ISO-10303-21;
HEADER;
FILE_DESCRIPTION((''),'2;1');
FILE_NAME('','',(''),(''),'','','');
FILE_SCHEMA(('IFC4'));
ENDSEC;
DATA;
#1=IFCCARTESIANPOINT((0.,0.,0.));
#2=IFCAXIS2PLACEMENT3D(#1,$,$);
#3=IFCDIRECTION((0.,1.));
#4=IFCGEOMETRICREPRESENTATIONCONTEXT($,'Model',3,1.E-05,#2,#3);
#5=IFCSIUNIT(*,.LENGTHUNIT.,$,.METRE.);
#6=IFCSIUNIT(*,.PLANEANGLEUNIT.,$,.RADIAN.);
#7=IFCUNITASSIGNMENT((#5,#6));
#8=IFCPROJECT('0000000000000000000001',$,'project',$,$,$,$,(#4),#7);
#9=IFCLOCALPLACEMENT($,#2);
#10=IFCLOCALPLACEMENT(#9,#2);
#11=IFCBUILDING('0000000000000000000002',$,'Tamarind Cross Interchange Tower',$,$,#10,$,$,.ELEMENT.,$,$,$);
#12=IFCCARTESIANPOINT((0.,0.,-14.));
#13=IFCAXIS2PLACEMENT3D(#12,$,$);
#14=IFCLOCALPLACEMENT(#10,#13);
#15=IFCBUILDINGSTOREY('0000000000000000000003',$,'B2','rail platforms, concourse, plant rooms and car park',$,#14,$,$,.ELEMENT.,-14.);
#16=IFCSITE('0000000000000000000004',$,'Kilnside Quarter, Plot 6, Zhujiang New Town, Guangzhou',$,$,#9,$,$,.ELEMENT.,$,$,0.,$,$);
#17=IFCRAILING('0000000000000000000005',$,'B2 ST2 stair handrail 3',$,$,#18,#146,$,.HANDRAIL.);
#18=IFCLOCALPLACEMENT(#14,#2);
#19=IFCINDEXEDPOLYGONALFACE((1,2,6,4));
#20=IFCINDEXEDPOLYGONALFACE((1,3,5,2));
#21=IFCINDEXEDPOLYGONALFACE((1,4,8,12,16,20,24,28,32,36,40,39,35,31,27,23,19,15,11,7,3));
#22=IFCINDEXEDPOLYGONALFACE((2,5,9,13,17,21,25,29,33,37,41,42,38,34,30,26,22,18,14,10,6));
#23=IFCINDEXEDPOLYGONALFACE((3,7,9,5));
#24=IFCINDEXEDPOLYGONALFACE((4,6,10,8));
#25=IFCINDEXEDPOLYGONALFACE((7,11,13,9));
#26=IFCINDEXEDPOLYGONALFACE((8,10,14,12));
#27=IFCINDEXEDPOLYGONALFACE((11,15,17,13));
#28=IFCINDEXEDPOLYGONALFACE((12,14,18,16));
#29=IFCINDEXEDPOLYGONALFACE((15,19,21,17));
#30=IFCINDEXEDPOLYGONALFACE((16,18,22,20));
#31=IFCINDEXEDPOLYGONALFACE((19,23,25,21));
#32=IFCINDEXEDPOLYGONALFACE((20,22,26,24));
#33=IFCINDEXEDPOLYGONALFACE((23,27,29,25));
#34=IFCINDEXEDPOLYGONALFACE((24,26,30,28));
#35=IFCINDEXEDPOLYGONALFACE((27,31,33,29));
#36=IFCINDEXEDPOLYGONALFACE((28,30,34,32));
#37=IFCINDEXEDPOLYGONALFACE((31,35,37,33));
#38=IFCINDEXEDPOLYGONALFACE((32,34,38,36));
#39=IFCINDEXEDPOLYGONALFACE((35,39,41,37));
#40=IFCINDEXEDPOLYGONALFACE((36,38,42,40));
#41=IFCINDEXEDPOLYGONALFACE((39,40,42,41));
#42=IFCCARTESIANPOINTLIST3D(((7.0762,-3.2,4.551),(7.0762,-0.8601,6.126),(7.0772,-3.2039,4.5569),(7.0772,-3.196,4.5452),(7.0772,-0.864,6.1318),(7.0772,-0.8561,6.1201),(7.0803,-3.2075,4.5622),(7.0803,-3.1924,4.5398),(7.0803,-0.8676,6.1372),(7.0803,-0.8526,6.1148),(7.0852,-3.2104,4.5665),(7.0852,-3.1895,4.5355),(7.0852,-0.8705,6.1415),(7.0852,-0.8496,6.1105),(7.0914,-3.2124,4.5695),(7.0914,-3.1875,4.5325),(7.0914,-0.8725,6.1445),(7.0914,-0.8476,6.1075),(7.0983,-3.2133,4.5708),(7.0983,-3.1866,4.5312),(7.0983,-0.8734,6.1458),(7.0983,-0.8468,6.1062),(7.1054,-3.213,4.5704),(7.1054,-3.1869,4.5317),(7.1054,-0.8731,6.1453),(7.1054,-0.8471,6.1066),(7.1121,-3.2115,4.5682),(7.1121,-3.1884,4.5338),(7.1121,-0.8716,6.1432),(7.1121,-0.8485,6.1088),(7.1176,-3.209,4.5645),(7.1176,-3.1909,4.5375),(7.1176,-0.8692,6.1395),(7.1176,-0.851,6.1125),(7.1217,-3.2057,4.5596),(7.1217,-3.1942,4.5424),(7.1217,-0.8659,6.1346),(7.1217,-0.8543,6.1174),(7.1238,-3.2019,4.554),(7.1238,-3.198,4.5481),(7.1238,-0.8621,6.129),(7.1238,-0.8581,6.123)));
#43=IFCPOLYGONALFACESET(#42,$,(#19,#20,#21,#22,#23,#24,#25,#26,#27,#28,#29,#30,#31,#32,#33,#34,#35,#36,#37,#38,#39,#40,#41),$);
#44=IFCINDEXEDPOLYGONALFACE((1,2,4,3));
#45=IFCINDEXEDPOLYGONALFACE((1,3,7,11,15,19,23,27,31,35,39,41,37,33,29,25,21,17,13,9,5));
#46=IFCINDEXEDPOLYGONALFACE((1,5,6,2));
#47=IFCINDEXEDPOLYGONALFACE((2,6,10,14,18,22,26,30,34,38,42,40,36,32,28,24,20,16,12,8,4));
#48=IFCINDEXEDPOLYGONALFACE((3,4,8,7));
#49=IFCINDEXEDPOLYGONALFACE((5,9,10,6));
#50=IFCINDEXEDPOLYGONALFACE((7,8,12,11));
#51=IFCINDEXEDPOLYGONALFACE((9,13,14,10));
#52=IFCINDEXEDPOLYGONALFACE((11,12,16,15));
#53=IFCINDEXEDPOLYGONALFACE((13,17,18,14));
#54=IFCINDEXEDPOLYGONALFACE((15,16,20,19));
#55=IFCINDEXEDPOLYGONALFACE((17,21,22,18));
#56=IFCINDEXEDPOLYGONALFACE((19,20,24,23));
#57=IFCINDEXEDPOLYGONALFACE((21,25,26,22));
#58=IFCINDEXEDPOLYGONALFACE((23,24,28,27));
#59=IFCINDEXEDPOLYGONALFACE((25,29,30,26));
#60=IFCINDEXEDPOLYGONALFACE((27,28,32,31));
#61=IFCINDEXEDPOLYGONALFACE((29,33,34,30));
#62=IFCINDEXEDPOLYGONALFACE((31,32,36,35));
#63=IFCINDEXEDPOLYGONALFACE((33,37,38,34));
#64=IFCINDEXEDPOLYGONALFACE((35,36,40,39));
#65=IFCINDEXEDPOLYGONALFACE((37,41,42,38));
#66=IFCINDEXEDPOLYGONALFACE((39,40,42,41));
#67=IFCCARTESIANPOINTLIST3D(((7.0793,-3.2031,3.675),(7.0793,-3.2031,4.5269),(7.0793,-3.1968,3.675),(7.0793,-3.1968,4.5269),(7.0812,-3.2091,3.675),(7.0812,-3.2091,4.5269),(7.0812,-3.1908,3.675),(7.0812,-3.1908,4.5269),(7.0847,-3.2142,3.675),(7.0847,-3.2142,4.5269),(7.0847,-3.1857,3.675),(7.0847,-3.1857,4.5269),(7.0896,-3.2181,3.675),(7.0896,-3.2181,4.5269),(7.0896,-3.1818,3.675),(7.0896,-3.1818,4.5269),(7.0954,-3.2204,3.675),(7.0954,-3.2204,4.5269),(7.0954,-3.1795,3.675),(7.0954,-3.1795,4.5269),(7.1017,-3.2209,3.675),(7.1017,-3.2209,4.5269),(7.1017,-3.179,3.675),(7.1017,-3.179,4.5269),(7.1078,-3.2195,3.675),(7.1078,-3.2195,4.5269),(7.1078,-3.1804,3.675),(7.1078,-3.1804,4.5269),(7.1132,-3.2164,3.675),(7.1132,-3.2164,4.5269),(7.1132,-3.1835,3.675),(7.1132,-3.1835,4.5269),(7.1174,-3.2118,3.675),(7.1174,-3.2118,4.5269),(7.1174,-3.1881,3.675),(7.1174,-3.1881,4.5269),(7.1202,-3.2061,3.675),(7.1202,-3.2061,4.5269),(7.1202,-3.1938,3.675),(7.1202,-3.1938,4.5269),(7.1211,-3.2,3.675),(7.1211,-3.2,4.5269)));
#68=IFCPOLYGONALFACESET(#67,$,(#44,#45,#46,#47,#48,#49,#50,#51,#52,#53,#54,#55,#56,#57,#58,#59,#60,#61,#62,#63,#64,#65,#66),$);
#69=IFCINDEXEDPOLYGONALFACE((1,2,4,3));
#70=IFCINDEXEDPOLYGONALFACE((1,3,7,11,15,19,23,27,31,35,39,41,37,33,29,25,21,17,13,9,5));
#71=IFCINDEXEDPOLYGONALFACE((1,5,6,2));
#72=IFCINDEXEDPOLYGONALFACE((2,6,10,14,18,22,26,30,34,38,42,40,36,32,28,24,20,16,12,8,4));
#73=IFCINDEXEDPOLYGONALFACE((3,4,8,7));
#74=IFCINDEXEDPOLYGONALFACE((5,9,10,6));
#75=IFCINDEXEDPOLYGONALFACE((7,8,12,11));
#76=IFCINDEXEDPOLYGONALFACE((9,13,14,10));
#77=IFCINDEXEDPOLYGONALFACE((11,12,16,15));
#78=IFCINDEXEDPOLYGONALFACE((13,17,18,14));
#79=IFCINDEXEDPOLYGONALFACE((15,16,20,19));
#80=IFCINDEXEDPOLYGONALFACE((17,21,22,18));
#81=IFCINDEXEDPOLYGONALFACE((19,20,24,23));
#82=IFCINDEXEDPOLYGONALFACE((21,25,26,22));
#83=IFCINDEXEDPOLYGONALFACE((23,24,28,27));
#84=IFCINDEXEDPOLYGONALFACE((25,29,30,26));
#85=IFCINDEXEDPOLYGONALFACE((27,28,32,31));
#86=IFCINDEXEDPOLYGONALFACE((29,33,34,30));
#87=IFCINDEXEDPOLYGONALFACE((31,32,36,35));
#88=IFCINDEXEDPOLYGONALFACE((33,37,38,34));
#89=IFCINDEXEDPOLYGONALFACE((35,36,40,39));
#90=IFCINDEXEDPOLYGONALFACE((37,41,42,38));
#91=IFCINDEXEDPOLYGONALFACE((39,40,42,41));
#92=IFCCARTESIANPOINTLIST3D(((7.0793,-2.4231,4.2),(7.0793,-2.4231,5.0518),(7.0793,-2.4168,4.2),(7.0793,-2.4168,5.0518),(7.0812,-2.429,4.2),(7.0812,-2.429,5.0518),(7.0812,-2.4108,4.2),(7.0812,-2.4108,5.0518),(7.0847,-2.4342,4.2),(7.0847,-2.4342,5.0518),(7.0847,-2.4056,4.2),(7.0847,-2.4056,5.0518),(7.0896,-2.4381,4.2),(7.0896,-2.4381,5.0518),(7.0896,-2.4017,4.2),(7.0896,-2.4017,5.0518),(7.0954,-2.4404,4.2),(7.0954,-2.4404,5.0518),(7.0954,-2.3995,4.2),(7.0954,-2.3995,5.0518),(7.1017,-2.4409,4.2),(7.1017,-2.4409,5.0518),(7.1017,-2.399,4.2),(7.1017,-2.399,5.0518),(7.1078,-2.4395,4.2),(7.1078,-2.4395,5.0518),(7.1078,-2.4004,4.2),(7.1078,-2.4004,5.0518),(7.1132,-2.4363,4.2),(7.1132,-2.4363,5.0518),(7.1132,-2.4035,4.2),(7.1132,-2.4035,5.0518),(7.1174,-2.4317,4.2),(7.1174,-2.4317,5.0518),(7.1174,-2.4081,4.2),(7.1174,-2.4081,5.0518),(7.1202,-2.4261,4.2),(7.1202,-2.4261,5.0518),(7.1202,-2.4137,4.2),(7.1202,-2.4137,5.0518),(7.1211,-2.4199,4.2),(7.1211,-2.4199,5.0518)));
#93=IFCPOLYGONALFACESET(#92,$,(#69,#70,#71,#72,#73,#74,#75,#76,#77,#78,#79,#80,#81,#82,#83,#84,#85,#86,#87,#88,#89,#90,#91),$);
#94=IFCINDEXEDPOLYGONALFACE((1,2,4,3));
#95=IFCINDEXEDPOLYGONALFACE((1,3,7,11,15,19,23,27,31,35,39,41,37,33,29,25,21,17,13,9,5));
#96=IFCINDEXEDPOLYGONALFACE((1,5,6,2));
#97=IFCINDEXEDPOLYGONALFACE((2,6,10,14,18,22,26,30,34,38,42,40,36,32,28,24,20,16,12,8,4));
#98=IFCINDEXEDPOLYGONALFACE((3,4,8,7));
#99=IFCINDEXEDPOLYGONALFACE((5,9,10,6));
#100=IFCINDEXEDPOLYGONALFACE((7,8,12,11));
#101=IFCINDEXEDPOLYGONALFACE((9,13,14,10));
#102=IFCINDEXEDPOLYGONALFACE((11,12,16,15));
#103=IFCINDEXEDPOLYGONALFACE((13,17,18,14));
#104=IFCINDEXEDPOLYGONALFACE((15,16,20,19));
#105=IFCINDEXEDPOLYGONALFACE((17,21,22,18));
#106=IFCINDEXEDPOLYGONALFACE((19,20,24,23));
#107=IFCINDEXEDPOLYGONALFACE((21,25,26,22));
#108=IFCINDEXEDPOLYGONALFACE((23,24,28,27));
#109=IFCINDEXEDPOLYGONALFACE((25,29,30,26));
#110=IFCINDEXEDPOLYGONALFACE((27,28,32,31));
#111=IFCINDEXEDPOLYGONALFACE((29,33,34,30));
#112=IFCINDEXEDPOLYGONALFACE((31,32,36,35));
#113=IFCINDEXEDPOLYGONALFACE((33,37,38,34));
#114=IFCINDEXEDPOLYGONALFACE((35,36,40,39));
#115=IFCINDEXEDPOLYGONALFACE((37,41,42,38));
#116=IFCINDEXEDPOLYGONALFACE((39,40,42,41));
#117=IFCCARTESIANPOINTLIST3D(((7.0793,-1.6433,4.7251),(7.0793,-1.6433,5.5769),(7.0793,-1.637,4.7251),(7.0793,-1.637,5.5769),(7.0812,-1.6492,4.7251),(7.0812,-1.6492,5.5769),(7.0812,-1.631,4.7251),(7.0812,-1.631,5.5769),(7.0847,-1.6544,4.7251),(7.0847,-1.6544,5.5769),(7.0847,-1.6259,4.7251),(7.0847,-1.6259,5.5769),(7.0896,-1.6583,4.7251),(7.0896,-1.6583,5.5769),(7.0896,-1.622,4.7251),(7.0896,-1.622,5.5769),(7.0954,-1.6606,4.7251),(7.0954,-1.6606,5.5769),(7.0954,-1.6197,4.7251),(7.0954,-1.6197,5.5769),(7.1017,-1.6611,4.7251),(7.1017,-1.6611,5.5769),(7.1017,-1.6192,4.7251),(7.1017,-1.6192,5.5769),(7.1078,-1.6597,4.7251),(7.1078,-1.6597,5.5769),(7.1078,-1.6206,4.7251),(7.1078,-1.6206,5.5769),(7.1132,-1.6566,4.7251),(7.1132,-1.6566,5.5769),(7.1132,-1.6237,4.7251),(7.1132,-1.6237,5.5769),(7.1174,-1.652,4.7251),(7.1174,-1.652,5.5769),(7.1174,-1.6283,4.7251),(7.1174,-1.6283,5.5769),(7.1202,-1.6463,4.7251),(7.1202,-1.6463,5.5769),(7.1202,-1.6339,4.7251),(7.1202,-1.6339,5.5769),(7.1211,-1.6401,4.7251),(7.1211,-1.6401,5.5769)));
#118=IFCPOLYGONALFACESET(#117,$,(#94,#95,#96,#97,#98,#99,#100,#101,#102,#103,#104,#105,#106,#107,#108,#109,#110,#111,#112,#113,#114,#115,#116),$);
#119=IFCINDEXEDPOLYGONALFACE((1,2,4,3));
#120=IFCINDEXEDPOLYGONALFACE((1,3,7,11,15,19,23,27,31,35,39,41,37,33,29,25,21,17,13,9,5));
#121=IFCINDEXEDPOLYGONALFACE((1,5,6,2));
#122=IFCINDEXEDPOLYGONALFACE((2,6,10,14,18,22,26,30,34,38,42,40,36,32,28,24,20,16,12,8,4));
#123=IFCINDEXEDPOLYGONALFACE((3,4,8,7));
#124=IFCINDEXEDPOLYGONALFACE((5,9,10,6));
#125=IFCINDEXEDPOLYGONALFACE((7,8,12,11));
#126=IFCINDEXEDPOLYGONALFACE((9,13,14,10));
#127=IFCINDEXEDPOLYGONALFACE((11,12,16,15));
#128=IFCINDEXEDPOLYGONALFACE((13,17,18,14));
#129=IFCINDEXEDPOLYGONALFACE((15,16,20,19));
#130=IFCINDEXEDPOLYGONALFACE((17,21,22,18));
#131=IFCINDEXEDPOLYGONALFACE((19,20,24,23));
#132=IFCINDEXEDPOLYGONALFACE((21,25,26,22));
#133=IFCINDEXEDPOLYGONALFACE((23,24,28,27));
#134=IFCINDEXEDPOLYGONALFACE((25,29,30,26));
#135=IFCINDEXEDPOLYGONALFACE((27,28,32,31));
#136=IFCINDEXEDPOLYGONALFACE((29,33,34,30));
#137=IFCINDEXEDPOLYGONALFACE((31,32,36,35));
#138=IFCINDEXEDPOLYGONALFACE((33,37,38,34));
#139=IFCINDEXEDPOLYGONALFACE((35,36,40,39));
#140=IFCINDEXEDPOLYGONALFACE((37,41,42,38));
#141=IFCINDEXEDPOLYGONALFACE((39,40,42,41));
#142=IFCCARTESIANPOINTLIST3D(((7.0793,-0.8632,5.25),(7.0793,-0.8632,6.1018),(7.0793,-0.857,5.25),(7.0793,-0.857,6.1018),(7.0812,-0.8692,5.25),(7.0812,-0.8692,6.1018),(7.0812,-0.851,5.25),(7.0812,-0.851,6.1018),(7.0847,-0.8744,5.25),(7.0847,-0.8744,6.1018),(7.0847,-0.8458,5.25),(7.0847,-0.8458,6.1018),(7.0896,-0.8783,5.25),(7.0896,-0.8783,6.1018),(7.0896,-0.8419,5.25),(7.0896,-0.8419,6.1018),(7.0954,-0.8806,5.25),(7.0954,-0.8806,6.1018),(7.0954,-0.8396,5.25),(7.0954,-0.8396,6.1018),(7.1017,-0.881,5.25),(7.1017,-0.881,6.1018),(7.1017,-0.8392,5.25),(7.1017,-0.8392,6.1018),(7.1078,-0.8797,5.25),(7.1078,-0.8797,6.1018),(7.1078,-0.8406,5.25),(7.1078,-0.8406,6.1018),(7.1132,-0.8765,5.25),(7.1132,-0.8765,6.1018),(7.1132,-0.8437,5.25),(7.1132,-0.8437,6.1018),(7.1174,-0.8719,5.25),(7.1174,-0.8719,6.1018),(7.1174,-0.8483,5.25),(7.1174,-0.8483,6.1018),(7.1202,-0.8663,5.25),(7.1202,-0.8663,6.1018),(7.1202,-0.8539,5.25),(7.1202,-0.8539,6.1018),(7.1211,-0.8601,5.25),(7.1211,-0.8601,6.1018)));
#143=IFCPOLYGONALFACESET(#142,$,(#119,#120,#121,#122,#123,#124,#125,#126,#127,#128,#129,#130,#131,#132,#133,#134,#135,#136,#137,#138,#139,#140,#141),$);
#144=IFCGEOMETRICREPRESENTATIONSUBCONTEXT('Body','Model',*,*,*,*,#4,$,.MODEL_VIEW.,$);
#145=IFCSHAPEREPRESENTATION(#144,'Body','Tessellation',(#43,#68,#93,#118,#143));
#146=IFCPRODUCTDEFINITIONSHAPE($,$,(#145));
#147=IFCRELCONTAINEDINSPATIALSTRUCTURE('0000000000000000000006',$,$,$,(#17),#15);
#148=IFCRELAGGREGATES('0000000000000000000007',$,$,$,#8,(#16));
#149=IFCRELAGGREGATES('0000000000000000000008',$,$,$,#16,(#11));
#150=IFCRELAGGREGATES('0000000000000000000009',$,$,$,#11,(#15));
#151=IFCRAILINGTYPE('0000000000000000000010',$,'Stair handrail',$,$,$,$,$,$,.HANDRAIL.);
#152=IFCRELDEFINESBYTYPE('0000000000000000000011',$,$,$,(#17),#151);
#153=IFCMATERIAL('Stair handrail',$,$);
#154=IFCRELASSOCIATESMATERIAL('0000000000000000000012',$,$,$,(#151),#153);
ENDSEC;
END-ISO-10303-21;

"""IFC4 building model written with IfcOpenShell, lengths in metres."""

from ifc_helpers import new_model, si_unit, direction, frame, origin, origin_2d, place, context, subcontext, project, spatial, circle, extrude, material, type_object, element, save


model = new_model("IFC4")

# Units and contexts
model_context = context("Model", 3, precision=1e-05, world=origin(), true_north=direction((0.0, 1.0)))
body_context = subcontext(model_context, "Body", "Model", "MODEL_VIEW")
ifc_project = project(units=[si_unit("LENGTHUNIT", "METRE"), si_unit("PLANEANGLEUNIT", "RADIAN")], contexts=[model_context])

# Site, building, storey
site_placement = place(None, origin())
site = spatial("IfcSite", under=ifc_project, at=site_placement, Name="Kilnside Quarter, Plot 6, Zhujiang New Town, Guangzhou", CompositionType="ELEMENT", RefElevation=0.0)
building_placement = place(site_placement, origin())
building = spatial("IfcBuilding", under=site, at=building_placement, Name="Tamarind Cross Interchange Tower", CompositionType="ELEMENT")
storey_placement = place(building_placement, frame((0.0, 0.0, -14.0)))
storey = spatial("IfcBuildingStorey", under=building, at=storey_placement, Name="B2", Description="rail platforms, concourse, plant rooms and car park", CompositionType="ELEMENT", Elevation=-14.0)

# Railing
ifc_material_1 = material(Name="Stair handrail")
railing_type_1 = type_object("IfcRailingType", Name="Stair handrail", PredefinedType="HANDRAIL", material=ifc_material_1)
railing_1_placement = place(storey_placement, frame((7.1001, -3.2, 3.675)))
element("IfcRailing", 1, at=railing_1_placement, inside=storey, type_object=railing_type_1, Name="B2 ST2 stair handrail 3", PredefinedType="HANDRAIL", context=body_context, shape_type="SweptSolid", body=[
    extrude(circle(Radius=0.0239, at=origin_2d()), frame((0.0, 0.0, 0.876), z_axis=(0.0, 0.829578, 0.55839), x_axis=(-1.0, 0.0, 0.0)), (0.0, 0.0, 1.0), 2.8206),
    extrude(circle(Radius=0.021, at=origin_2d()), origin(), (0.0, 0.0, 1.0), 0.8518),
    extrude(circle(Radius=0.021, at=origin_2d()), frame((0.0, 0.78, 0.5249)), (0.0, 0.0, 1.0), 0.8518),
    extrude(circle(Radius=0.021, at=origin_2d()), frame((0.0, 1.5598, 1.05)), (0.0, 0.0, 1.0), 0.8518),
    extrude(circle(Radius=0.021, at=origin_2d()), frame((0.0, 2.3398, 1.575)), (0.0, 0.0, 1.0), 0.8518),
])

save(model, "model.ifc")
